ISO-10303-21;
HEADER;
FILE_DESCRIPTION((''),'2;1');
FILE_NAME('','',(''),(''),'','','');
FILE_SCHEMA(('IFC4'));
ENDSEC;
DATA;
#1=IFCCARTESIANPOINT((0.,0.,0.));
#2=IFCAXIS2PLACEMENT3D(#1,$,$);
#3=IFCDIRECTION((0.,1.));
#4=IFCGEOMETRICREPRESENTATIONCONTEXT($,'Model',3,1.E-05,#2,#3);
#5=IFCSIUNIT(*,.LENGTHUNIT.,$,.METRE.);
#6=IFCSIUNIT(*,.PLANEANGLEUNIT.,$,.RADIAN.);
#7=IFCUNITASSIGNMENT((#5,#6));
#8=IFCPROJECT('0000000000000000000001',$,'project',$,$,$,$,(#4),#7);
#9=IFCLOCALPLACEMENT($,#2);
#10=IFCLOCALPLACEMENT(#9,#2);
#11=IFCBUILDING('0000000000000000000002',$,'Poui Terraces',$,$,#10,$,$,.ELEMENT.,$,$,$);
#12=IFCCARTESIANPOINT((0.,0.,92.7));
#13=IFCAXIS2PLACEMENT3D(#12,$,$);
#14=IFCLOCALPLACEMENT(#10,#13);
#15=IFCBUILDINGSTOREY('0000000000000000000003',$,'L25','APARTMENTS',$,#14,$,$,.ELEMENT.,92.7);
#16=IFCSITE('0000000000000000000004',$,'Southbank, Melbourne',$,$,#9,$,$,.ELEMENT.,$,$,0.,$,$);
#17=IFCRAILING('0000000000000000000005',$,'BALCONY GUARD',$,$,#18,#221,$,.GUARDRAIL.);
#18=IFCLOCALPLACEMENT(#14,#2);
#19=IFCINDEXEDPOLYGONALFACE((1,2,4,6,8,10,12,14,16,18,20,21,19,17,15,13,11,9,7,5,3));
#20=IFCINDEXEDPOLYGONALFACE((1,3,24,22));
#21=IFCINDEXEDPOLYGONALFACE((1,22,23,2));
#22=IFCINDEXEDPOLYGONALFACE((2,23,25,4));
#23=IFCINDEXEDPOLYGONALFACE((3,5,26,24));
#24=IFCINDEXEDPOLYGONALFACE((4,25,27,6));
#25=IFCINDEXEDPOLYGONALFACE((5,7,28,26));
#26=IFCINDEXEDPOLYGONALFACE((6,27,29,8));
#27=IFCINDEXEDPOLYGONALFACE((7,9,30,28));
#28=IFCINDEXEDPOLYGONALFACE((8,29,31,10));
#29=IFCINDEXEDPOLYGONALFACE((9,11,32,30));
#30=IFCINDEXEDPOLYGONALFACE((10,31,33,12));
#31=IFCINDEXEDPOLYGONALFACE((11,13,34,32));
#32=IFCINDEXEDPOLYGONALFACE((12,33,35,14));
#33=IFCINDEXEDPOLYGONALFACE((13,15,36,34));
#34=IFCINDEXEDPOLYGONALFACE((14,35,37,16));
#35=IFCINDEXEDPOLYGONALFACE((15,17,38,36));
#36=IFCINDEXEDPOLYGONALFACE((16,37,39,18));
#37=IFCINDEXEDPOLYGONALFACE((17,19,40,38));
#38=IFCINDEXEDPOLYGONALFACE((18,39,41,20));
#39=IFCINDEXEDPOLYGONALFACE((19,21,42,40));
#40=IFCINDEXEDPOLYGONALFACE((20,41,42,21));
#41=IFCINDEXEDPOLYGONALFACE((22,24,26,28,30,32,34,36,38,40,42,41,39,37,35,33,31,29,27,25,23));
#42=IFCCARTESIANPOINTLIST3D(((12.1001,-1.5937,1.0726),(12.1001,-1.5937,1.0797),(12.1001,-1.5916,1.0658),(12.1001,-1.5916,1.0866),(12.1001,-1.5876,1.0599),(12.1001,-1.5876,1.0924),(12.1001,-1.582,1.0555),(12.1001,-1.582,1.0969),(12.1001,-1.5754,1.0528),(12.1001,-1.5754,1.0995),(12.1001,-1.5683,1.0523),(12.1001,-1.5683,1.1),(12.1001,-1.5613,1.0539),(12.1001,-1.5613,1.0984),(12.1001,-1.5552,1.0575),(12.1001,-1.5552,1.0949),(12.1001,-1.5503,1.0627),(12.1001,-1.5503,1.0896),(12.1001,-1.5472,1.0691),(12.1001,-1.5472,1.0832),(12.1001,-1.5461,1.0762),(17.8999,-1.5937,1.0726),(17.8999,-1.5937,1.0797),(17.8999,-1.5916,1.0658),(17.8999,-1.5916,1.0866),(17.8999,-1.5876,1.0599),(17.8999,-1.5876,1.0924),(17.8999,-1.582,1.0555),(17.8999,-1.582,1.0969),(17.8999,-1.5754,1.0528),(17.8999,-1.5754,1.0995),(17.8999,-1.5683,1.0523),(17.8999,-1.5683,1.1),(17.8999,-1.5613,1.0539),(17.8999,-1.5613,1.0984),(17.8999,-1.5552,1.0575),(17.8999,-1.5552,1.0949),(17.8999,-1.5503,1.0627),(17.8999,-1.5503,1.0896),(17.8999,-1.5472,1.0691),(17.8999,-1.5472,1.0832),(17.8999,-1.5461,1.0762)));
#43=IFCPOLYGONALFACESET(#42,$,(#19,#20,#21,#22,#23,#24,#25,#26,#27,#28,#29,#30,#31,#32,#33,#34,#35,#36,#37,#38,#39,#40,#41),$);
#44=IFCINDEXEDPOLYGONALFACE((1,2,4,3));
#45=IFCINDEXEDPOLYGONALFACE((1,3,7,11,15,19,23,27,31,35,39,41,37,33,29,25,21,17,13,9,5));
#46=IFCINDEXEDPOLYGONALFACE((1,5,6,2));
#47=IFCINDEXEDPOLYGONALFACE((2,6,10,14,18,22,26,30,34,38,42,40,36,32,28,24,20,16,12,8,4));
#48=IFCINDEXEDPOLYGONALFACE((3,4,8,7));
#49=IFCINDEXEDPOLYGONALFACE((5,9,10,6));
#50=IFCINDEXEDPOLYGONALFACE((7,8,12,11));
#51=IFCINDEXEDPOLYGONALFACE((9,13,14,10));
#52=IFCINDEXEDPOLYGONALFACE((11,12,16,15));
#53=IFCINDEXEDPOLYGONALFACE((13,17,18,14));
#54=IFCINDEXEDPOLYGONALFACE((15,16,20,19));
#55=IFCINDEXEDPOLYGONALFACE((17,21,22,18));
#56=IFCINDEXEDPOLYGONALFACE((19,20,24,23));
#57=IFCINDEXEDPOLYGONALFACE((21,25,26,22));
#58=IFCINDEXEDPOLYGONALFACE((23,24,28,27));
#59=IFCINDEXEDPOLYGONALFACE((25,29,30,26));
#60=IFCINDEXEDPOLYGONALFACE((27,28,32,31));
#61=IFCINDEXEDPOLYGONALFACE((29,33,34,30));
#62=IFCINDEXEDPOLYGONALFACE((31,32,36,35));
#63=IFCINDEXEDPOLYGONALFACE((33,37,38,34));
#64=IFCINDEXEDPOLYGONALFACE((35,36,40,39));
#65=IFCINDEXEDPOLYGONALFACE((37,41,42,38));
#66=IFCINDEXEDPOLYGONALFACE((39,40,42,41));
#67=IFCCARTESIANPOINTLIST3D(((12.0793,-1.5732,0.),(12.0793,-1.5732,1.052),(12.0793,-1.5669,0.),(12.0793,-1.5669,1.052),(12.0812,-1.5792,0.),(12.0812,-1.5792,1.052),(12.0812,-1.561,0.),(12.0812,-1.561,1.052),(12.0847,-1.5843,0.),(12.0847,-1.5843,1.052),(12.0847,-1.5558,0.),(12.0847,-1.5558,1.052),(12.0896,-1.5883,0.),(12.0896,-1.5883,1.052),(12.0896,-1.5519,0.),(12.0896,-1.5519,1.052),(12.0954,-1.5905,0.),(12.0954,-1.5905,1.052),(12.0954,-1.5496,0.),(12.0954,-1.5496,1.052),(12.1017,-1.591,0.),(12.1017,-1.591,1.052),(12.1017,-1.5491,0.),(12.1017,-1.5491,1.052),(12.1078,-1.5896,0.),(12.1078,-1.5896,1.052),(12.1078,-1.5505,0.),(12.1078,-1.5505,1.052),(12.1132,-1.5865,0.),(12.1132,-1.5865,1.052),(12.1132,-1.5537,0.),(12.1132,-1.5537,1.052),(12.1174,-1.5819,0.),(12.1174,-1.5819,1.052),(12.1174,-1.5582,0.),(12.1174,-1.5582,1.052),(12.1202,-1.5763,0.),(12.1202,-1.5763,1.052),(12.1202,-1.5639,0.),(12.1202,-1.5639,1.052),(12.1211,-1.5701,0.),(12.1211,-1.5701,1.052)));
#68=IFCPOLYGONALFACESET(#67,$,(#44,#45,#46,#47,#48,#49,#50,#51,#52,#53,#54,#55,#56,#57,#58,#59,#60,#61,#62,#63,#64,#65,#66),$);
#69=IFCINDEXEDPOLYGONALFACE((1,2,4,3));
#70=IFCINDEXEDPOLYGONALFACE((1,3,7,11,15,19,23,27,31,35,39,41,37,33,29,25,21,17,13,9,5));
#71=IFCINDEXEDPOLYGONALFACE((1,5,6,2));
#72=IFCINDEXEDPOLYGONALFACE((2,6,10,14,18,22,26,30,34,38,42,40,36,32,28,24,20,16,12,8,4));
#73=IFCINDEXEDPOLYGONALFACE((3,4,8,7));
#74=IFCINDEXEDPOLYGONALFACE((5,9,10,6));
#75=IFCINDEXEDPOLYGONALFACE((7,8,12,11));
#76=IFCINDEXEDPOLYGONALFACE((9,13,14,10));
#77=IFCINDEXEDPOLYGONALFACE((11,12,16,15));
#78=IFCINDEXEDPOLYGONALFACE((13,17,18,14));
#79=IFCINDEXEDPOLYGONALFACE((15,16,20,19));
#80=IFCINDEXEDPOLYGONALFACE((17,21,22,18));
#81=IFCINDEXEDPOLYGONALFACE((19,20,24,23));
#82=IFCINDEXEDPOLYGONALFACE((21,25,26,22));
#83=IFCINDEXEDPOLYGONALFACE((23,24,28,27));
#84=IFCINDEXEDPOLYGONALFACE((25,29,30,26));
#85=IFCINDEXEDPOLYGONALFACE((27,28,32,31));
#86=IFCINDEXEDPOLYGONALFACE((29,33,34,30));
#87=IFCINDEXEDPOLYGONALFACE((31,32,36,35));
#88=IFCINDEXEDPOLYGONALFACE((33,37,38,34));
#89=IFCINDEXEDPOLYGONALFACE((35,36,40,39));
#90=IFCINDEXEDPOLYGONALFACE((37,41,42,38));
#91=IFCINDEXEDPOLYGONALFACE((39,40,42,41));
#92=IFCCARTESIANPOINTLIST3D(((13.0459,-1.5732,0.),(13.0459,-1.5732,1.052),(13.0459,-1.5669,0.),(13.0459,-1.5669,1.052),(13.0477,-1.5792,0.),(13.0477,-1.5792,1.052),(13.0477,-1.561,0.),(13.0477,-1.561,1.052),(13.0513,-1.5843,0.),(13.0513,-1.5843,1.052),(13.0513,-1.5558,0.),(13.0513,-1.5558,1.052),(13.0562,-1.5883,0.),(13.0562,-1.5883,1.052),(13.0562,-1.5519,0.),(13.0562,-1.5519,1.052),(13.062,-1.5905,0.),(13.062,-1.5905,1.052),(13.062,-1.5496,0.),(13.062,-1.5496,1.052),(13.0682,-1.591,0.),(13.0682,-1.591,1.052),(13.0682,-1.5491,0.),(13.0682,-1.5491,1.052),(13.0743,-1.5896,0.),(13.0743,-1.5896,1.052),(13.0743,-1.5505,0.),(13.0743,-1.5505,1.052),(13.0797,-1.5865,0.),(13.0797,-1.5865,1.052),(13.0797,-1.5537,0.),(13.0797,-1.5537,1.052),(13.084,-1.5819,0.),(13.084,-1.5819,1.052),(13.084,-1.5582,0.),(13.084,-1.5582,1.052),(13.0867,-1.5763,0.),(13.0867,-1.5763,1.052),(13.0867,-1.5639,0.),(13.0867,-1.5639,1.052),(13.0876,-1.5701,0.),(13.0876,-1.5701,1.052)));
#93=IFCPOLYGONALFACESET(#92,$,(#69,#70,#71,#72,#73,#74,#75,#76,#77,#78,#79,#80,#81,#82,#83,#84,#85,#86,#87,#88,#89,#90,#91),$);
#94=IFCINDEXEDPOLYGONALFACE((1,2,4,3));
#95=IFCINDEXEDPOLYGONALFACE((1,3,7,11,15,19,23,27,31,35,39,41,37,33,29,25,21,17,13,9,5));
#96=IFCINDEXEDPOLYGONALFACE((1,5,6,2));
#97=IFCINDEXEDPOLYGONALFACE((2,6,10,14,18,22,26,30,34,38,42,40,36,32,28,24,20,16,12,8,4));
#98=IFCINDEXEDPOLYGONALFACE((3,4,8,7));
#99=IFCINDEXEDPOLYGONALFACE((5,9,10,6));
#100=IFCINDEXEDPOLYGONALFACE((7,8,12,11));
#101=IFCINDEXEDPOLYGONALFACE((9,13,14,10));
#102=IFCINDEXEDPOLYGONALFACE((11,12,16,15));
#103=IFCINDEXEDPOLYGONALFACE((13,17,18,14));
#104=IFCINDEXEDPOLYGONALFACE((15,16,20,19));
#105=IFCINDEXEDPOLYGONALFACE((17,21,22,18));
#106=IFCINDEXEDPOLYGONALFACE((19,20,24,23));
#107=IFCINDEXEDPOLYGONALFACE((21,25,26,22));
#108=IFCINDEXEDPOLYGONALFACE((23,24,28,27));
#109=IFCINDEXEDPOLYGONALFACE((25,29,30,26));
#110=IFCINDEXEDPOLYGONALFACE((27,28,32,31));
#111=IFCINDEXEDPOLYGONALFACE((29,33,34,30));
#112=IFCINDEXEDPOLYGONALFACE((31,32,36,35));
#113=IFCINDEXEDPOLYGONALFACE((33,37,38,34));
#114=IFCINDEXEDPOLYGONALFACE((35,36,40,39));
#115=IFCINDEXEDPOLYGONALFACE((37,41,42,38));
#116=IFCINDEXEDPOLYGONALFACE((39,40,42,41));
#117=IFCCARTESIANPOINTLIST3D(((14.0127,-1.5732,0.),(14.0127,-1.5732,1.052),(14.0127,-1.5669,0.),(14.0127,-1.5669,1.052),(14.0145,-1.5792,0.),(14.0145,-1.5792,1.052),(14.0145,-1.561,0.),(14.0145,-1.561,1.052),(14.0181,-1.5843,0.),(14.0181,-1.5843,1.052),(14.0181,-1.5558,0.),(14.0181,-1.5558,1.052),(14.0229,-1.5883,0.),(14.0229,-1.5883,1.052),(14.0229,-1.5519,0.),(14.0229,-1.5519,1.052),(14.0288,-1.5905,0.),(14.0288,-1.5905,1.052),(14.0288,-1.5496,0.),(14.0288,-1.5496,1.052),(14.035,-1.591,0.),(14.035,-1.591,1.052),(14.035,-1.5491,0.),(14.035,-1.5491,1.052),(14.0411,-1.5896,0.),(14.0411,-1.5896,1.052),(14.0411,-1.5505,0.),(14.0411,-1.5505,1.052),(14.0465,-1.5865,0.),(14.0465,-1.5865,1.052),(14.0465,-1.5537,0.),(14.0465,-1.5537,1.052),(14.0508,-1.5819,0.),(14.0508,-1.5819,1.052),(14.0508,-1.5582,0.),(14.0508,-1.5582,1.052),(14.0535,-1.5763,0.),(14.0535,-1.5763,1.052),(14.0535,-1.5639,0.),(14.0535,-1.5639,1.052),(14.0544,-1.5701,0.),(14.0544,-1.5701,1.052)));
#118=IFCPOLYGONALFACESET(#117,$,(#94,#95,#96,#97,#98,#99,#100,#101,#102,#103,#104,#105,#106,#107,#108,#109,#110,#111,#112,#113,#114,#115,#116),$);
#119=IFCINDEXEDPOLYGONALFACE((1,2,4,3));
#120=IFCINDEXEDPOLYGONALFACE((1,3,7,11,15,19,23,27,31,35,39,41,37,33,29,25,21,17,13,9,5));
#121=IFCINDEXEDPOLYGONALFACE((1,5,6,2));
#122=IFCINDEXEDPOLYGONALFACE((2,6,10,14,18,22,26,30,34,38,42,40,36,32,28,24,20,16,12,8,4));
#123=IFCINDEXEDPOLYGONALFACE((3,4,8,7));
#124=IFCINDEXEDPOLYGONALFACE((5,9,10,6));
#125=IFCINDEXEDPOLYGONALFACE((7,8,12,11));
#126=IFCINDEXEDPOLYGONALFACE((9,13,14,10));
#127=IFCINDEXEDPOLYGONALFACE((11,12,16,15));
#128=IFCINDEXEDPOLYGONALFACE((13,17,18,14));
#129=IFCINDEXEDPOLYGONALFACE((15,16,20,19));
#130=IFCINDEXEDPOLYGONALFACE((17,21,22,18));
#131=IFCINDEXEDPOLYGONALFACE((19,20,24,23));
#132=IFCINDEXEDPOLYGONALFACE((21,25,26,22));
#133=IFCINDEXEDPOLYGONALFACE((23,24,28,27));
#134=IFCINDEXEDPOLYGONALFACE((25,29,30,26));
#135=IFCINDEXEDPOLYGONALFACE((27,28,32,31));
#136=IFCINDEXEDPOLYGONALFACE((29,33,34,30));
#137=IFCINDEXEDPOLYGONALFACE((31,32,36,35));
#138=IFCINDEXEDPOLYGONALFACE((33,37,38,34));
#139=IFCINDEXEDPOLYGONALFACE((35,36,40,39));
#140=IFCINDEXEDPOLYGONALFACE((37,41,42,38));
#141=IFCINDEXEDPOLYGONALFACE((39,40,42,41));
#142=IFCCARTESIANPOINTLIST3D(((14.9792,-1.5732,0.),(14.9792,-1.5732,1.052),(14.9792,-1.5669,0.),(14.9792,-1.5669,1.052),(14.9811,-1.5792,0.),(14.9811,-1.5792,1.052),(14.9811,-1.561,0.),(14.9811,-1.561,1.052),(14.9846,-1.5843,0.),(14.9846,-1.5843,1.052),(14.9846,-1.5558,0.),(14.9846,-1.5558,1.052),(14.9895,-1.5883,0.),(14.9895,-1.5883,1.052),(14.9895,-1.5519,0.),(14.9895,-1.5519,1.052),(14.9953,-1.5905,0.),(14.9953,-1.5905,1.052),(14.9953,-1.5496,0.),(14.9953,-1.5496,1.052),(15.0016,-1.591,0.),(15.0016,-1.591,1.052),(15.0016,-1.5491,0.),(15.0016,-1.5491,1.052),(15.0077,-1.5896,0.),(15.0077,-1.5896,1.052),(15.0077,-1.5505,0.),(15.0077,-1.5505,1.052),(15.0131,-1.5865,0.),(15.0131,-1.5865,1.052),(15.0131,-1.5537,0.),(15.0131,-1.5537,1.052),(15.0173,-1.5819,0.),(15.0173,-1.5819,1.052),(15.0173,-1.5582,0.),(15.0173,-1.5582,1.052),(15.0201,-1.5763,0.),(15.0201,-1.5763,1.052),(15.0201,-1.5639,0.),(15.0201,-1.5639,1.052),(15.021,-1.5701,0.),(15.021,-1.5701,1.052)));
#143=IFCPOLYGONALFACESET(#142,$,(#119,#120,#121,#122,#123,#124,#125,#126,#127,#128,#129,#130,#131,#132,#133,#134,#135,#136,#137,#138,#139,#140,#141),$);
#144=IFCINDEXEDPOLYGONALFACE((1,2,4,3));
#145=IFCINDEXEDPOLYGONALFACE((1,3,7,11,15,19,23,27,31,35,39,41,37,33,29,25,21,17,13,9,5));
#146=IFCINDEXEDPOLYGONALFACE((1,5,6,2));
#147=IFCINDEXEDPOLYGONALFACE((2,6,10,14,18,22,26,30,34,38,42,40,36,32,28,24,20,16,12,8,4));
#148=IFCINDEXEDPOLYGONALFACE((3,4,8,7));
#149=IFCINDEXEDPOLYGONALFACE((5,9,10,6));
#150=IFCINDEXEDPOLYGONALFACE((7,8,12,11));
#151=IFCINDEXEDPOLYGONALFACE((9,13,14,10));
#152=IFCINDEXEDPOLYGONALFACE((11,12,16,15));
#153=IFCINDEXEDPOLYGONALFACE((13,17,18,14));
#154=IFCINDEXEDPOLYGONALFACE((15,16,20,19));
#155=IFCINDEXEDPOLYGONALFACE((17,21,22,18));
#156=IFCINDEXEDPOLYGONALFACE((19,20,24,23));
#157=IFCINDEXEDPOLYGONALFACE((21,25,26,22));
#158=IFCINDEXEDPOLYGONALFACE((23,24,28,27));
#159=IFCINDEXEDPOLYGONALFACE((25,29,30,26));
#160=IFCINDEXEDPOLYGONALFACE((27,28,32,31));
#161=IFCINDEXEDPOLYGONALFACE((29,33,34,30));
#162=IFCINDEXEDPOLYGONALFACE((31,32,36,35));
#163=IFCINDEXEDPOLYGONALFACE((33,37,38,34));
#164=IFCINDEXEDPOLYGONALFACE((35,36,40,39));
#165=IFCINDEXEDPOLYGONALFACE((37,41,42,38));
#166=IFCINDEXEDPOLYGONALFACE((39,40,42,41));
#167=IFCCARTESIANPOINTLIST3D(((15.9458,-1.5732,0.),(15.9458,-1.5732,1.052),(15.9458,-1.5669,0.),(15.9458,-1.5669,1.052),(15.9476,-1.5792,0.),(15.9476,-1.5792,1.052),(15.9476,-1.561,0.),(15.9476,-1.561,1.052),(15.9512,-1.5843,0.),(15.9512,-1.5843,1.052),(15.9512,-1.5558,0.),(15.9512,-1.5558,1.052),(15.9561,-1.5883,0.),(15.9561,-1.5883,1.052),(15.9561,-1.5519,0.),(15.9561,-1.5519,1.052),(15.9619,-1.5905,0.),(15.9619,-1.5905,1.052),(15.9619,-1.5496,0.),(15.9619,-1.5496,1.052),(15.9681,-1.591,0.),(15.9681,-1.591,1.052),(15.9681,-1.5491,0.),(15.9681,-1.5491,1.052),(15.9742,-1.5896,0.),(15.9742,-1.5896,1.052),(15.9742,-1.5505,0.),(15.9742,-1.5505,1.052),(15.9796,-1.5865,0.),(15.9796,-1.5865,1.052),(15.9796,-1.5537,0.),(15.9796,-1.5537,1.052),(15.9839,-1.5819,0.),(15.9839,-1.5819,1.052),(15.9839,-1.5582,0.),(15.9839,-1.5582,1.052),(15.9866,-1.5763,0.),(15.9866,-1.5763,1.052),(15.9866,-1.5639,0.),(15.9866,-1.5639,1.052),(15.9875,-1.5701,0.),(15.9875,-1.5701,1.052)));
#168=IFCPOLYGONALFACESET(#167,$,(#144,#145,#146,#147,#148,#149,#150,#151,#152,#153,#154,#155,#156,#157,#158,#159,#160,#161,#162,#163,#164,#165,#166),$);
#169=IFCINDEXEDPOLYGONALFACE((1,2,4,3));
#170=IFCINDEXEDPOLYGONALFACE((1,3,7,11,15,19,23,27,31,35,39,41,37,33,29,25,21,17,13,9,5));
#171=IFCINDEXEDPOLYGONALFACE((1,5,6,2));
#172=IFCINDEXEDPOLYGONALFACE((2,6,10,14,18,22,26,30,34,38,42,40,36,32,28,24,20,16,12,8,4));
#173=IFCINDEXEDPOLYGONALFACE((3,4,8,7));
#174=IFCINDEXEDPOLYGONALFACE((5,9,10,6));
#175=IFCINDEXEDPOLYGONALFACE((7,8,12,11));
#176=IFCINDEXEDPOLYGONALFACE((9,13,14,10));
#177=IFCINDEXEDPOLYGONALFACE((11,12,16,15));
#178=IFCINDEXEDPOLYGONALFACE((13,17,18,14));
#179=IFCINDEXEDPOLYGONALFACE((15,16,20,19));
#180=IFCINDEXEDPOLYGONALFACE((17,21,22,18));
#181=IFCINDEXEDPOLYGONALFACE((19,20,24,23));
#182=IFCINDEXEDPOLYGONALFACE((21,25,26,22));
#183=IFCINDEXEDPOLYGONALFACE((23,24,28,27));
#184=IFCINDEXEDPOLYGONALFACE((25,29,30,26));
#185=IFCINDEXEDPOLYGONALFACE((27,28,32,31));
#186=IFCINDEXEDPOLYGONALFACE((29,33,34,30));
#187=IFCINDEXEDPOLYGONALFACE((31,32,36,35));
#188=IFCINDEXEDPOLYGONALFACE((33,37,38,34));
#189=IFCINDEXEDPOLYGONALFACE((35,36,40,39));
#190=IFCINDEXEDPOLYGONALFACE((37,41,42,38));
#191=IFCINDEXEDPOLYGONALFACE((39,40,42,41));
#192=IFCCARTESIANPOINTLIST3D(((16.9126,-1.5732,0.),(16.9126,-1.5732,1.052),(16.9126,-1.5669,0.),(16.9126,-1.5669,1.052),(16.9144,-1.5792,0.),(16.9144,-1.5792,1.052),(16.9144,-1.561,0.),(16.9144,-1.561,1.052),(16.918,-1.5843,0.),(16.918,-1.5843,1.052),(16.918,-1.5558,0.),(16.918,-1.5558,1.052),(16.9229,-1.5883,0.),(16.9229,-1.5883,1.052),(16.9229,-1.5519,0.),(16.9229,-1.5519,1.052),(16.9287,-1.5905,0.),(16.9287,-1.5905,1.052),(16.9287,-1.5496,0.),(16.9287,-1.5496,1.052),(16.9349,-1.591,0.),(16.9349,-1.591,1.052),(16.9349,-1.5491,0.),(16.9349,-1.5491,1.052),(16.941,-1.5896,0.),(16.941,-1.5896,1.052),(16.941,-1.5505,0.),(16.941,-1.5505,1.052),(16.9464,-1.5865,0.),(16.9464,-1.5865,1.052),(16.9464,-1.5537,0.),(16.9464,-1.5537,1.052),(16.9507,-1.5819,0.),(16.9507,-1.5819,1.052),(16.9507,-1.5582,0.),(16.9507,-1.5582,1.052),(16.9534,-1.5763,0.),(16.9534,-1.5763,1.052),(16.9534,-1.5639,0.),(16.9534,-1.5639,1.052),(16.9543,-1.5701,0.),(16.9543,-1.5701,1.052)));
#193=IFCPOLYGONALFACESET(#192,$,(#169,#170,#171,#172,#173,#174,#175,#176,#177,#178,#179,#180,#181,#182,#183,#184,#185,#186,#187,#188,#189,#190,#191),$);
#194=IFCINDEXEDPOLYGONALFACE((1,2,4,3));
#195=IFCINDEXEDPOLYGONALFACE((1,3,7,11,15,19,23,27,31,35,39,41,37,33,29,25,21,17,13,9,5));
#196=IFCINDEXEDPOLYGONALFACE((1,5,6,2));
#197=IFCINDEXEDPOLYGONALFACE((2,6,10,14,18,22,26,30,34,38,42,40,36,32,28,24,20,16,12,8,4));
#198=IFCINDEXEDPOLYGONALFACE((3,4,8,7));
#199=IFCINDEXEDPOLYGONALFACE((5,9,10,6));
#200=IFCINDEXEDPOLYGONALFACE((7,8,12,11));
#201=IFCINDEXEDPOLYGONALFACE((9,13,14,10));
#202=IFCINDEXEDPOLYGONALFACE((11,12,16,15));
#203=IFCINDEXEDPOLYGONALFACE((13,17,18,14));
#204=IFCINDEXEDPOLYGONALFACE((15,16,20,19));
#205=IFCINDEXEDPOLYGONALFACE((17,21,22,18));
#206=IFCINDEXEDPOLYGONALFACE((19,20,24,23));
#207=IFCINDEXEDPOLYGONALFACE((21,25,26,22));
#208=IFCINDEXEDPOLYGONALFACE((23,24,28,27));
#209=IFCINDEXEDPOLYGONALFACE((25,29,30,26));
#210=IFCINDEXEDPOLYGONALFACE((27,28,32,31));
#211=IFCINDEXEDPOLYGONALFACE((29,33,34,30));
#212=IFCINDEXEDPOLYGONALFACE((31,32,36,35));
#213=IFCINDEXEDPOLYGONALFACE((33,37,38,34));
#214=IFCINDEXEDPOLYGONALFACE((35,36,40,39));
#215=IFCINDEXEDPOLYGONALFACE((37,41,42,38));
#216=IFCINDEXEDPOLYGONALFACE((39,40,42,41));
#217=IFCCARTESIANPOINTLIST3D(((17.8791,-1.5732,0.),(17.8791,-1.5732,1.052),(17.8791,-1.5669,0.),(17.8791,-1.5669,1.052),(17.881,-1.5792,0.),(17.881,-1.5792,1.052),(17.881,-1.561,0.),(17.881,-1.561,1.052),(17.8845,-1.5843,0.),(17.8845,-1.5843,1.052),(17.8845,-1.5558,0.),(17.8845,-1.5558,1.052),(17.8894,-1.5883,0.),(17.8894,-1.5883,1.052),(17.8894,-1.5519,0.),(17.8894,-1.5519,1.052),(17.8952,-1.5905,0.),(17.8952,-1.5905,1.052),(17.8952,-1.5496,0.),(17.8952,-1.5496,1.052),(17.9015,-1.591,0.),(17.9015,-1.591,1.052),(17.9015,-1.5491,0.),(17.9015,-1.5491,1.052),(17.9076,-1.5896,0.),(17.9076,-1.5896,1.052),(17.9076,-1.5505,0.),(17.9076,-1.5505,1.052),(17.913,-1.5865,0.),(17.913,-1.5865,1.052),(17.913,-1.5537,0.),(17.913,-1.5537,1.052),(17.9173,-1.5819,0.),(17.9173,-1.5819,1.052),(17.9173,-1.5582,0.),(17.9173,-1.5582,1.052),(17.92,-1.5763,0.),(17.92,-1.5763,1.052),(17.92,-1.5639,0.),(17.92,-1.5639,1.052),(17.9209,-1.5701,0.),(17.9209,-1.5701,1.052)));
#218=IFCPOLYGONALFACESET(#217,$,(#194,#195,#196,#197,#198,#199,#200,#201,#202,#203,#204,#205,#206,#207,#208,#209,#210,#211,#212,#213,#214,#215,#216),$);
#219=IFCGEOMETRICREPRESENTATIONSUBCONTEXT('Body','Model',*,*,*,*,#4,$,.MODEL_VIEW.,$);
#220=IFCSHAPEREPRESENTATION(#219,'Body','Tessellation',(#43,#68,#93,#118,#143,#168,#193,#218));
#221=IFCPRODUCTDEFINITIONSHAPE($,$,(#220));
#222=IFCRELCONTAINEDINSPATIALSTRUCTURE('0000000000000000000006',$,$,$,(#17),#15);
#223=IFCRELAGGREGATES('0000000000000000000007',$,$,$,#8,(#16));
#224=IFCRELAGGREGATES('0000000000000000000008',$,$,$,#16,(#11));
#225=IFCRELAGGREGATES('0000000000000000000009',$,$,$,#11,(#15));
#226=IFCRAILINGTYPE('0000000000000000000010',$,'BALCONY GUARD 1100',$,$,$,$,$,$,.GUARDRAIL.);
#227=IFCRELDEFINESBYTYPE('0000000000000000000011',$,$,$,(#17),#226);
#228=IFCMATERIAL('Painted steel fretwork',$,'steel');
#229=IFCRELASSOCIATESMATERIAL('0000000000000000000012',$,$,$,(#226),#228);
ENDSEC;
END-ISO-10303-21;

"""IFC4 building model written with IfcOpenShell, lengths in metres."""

from ifc_helpers import new_model, si_unit, direction, frame, origin, origin_2d, place, context, subcontext, project, spatial, circle, extrude, material, type_object, element, save


model = new_model("IFC4")

# Units and contexts
model_context = context("Model", 3, precision=1e-05, world=origin(), true_north=direction((0.0, 1.0)))
body_context = subcontext(model_context, "Body", "Model", "MODEL_VIEW")
ifc_project = project(units=[si_unit("LENGTHUNIT", "METRE"), si_unit("PLANEANGLEUNIT", "RADIAN")], contexts=[model_context])

# Site, building, storey
site_placement = place(None, origin())
site = spatial("IfcSite", under=ifc_project, at=site_placement, Name="Southbank, Melbourne", CompositionType="ELEMENT", RefElevation=0.0)
building_placement = place(site_placement, origin())
building = spatial("IfcBuilding", under=site, at=building_placement, Name="Poui Terraces", CompositionType="ELEMENT")
storey_placement = place(building_placement, frame((0.0, 0.0, 92.7)))
storey = spatial("IfcBuildingStorey", under=building, at=storey_placement, Name="L25", Description="APARTMENTS", CompositionType="ELEMENT", Elevation=92.7)

# Railing
ifc_material_1 = material(Name="Painted steel fretwork", Category="steel")
railing_type = type_object("IfcRailingType", Name="BALCONY GUARD 1100", PredefinedType="GUARDRAIL", material=ifc_material_1)
railing_placement = place(storey_placement, frame((12.1001, -1.5701, 0.0)))
element("IfcRailing", 1, at=railing_placement, inside=storey, type_object=railing_type, Name="BALCONY GUARD", PredefinedType="GUARDRAIL", context=body_context, shape_type="SweptSolid", body=[
    extrude(circle(Radius=0.0239, at=origin_2d()), frame((0.0, 0.0, 1.0762), z_axis=(1.0, 0.0, 0.0), x_axis=(0.0, 1.0, 0.0)), (0.0, 0.0, 1.0), 5.7998),
    extrude(circle(Radius=0.021, at=origin_2d()), origin(), (0.0, 0.0, 1.0), 1.052),
    extrude(circle(Radius=0.021, at=origin_2d()), frame((0.9666, 0.0, 0.0)), (0.0, 0.0, 1.0), 1.052),
    extrude(circle(Radius=0.021, at=origin_2d()), frame((1.9333, 0.0, 0.0)), (0.0, 0.0, 1.0), 1.052),
    extrude(circle(Radius=0.021, at=origin_2d()), frame((2.8999, 0.0, 0.0)), (0.0, 0.0, 1.0), 1.052),
    extrude(circle(Radius=0.021, at=origin_2d()), frame((3.8665, 0.0, 0.0)), (0.0, 0.0, 1.0), 1.052),
    extrude(circle(Radius=0.021, at=origin_2d()), frame((4.8333, 0.0, 0.0)), (0.0, 0.0, 1.0), 1.052),
    extrude(circle(Radius=0.021, at=origin_2d()), frame((5.7998, 0.0, 0.0)), (0.0, 0.0, 1.0), 1.052),
])

save(model, "model.ifc")
